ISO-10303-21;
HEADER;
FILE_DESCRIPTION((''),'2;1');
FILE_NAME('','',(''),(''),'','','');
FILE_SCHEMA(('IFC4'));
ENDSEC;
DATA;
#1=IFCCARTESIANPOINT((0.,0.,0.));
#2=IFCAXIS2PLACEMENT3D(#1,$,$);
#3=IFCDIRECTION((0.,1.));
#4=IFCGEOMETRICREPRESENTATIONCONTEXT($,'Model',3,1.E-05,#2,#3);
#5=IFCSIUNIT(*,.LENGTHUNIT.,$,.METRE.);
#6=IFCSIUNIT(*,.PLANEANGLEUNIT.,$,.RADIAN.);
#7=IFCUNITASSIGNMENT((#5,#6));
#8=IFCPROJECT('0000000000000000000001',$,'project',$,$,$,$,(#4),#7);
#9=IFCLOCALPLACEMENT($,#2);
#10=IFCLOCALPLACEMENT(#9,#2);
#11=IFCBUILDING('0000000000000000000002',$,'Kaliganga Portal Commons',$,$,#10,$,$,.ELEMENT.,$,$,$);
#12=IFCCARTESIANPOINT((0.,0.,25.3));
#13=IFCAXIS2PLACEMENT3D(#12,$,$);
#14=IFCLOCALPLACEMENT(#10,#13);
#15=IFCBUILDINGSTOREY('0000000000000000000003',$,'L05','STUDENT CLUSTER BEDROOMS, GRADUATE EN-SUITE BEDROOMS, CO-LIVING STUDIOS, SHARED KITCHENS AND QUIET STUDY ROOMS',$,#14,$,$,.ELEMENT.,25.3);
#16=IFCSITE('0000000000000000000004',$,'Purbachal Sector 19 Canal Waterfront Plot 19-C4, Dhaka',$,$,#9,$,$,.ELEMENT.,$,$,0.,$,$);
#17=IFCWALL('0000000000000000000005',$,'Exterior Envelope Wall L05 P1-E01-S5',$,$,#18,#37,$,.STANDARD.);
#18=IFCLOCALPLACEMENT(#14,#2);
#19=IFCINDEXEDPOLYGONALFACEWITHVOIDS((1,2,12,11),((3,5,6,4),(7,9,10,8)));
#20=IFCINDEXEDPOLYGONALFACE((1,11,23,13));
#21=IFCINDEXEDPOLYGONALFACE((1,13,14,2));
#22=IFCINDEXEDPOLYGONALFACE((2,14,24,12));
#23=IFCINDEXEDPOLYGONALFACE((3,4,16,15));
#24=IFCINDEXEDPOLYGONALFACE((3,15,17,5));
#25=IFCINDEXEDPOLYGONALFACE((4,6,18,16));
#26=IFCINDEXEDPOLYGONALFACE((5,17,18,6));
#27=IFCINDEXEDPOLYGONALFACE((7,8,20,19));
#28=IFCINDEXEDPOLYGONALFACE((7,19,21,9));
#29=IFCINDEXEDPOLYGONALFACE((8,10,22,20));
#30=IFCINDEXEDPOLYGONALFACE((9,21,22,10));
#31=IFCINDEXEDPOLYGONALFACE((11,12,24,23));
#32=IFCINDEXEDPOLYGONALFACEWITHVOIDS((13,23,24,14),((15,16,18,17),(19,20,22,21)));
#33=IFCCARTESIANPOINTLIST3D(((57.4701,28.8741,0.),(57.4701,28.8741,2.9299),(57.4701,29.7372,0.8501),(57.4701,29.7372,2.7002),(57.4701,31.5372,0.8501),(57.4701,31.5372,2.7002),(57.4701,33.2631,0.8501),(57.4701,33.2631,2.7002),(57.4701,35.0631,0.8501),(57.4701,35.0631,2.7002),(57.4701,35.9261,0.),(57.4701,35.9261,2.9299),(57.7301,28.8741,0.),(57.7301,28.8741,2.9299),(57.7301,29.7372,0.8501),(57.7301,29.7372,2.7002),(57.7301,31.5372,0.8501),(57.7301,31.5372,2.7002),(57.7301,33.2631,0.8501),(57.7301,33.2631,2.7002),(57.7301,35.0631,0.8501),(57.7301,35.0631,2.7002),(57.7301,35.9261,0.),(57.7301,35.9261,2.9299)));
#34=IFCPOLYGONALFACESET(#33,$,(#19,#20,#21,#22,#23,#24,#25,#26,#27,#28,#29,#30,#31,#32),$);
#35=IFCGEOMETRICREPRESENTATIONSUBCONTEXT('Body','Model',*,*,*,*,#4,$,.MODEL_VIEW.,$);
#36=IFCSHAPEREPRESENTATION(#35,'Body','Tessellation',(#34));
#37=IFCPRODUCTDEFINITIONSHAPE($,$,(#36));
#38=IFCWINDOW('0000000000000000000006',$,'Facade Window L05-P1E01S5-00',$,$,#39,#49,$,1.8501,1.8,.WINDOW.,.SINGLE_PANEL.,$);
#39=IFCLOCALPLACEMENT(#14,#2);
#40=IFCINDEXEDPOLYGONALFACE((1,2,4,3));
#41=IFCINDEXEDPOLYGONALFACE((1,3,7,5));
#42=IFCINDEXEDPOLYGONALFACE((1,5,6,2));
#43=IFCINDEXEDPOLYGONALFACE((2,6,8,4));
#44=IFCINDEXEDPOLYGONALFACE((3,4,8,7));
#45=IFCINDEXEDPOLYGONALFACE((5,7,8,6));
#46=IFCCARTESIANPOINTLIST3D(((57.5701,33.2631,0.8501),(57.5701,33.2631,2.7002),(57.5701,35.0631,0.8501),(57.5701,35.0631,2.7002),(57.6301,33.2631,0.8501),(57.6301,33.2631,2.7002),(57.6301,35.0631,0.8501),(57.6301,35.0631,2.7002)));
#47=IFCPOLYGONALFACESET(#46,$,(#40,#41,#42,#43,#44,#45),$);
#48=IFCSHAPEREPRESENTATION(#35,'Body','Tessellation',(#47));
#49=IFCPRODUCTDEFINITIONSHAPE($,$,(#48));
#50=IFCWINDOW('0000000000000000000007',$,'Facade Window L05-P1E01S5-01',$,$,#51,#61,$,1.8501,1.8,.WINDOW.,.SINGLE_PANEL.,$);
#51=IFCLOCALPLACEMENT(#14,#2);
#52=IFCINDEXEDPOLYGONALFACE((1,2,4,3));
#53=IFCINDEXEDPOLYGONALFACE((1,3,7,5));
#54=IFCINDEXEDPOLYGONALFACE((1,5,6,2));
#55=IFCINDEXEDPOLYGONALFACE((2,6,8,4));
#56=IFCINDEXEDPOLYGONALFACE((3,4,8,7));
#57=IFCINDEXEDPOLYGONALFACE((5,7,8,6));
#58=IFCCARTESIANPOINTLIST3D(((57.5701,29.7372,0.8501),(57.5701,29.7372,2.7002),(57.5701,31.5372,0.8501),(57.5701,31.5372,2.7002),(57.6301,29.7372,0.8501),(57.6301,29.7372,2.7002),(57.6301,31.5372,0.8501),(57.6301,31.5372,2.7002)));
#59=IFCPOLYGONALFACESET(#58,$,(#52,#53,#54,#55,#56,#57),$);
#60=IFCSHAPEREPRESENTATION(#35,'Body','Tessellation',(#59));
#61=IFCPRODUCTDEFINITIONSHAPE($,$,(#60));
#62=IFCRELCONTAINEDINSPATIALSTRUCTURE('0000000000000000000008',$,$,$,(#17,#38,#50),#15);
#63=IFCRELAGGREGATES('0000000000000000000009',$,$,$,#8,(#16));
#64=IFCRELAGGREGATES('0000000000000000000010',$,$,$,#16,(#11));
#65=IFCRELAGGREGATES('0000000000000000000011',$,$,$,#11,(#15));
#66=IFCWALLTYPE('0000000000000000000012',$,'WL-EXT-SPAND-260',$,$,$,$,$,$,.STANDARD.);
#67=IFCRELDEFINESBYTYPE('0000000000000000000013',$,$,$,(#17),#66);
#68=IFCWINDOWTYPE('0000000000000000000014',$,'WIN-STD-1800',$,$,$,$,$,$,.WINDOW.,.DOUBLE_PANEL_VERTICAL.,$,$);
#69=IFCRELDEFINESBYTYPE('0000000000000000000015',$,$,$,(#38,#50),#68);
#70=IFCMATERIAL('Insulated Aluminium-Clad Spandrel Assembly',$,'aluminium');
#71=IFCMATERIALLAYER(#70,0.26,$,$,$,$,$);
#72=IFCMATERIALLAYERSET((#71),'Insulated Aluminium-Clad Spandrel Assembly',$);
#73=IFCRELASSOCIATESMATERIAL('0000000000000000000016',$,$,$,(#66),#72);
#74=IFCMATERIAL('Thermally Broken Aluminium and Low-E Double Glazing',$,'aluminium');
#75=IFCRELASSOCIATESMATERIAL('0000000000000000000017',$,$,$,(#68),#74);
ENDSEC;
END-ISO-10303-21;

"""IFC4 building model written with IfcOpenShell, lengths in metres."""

from ifc_helpers import new_model, si_unit, direction, frame, frame_2d, origin, place, context, subcontext, project, spatial, rectangle, extrude, material, layer, layer_set, type_object, element, fill, save


model = new_model("IFC4")

# Units and contexts
model_context = context("Model", 3, precision=1e-05, world=origin(), true_north=direction((0.0, 1.0)))
body_context = subcontext(model_context, "Body", "Model", "MODEL_VIEW")
ifc_project = project(units=[si_unit("LENGTHUNIT", "METRE"), si_unit("PLANEANGLEUNIT", "RADIAN")], contexts=[model_context])

# Site, building, storey
site_placement = place(None, origin())
site = spatial("IfcSite", under=ifc_project, at=site_placement, Name="Purbachal Sector 19 Canal Waterfront Plot 19-C4, Dhaka", CompositionType="ELEMENT", RefElevation=0.0)
building_placement = place(site_placement, origin())
building = spatial("IfcBuilding", under=site, at=building_placement, Name="Kaliganga Portal Commons", CompositionType="ELEMENT")
storey_placement = place(building_placement, frame((0.0, 0.0, 25.3)))
storey = spatial("IfcBuildingStorey", under=building, at=storey_placement, Name="L05", Description="STUDENT CLUSTER BEDROOMS, GRADUATE EN-SUITE BEDROOMS, CO-LIVING STUDIOS, SHARED KITCHENS AND QUIET STUDY ROOMS", CompositionType="ELEMENT", Elevation=25.3)

# Wall, openings, windows
ifc_material_1 = material(Name="Insulated Aluminium-Clad Spandrel Assembly", Category="aluminium")
ifc_layer = layer(ifc_material_1, 0.26)
ifc_layer_set = layer_set([ifc_layer], Name="Insulated Aluminium-Clad Spandrel Assembly")
wall_type = type_object("IfcWallType", Name="WL-EXT-SPAND-260", PredefinedType="STANDARD", material=ifc_layer_set)
wall_placement = place(storey_placement, frame((57.6001, 35.926, 0.0), z_axis=(0.0, 0.0, 1.0), x_axis=(0.0, -1.0, 0.0)))
wall = element("IfcWall", 1, at=wall_placement, inside=storey, type_object=wall_type, Name="Exterior Envelope Wall L05 P1-E01-S5", PredefinedType="STANDARD", context=body_context, shape_type="SweptSolid", body=[
    extrude(rectangle(XDim=7.052, YDim=0.26, at=frame_2d((3.5259, 0.0))), origin(), (0.0, 0.0, 1.0), 2.9299),
])
opening_1_placement = place(wall_placement, frame((0.863, 0.0, 0.8501)))
opening_1 = element("IfcOpeningElement", 2, at=opening_1_placement, cuts=wall, PredefinedType="OPENING", context=body_context, shape_type="SweptSolid", body=[
    extrude(rectangle(XDim=1.8, YDim=1.8501, at=frame_2d((0.8999, 0.925))), frame((0.0, 0.1401, 0.0), z_axis=(0.0, -1.0, 0.0), x_axis=(1.0, 0.0, 0.0)), (0.0, 0.0, 1.0), 0.28),
])
opening_2_placement = place(wall_placement, frame((4.3889, 0.0, 0.8501)))
opening_2 = element("IfcOpeningElement", 3, at=opening_2_placement, cuts=wall, PredefinedType="OPENING", context=body_context, shape_type="SweptSolid", body=[
    extrude(rectangle(XDim=1.8, YDim=1.8501, at=frame_2d((0.8999, 0.925))), frame((0.0, 0.1401, 0.0), z_axis=(0.0, -1.0, 0.0), x_axis=(1.0, 0.0, 0.0)), (0.0, 0.0, 1.0), 0.28),
])
ifc_material_2 = material(Name="Thermally Broken Aluminium and Low-E Double Glazing", Category="aluminium")
window_type = type_object("IfcWindowType", Name="WIN-STD-1800", PartitioningType="DOUBLE_PANEL_VERTICAL", PredefinedType="WINDOW", material=ifc_material_2)
window_1_placement = place(opening_1_placement, origin())
window_1 = element("IfcWindow", 4, at=window_1_placement, inside=storey, type_object=window_type, Name="Facade Window L05-P1E01S5-00", OverallHeight=1.8501, OverallWidth=1.8, PartitioningType="SINGLE_PANEL", PredefinedType="WINDOW", context=body_context, shape_type="SweptSolid", body=[
    extrude(rectangle(XDim=1.8, YDim=1.8501, at=frame_2d((0.8999, 0.925))), frame((0.0, 0.03, 0.0), z_axis=(0.0, -1.0, 0.0), x_axis=(1.0, 0.0, 0.0)), (0.0, 0.0, 1.0), 0.0601),
])
fill(opening_1, window_1)
window_2_placement = place(opening_2_placement, origin())
window_2 = element("IfcWindow", 5, at=window_2_placement, inside=storey, type_object=window_type, Name="Facade Window L05-P1E01S5-01", OverallHeight=1.8501, OverallWidth=1.8, PartitioningType="SINGLE_PANEL", PredefinedType="WINDOW", context=body_context, shape_type="SweptSolid", body=[
    extrude(rectangle(XDim=1.8, YDim=1.8501, at=frame_2d((0.8999, 0.925))), frame((0.0, 0.03, 0.0), z_axis=(0.0, -1.0, 0.0), x_axis=(1.0, 0.0, 0.0)), (0.0, 0.0, 1.0), 0.0601),
])
fill(opening_2, window_2)

save(model, "model.ifc")
